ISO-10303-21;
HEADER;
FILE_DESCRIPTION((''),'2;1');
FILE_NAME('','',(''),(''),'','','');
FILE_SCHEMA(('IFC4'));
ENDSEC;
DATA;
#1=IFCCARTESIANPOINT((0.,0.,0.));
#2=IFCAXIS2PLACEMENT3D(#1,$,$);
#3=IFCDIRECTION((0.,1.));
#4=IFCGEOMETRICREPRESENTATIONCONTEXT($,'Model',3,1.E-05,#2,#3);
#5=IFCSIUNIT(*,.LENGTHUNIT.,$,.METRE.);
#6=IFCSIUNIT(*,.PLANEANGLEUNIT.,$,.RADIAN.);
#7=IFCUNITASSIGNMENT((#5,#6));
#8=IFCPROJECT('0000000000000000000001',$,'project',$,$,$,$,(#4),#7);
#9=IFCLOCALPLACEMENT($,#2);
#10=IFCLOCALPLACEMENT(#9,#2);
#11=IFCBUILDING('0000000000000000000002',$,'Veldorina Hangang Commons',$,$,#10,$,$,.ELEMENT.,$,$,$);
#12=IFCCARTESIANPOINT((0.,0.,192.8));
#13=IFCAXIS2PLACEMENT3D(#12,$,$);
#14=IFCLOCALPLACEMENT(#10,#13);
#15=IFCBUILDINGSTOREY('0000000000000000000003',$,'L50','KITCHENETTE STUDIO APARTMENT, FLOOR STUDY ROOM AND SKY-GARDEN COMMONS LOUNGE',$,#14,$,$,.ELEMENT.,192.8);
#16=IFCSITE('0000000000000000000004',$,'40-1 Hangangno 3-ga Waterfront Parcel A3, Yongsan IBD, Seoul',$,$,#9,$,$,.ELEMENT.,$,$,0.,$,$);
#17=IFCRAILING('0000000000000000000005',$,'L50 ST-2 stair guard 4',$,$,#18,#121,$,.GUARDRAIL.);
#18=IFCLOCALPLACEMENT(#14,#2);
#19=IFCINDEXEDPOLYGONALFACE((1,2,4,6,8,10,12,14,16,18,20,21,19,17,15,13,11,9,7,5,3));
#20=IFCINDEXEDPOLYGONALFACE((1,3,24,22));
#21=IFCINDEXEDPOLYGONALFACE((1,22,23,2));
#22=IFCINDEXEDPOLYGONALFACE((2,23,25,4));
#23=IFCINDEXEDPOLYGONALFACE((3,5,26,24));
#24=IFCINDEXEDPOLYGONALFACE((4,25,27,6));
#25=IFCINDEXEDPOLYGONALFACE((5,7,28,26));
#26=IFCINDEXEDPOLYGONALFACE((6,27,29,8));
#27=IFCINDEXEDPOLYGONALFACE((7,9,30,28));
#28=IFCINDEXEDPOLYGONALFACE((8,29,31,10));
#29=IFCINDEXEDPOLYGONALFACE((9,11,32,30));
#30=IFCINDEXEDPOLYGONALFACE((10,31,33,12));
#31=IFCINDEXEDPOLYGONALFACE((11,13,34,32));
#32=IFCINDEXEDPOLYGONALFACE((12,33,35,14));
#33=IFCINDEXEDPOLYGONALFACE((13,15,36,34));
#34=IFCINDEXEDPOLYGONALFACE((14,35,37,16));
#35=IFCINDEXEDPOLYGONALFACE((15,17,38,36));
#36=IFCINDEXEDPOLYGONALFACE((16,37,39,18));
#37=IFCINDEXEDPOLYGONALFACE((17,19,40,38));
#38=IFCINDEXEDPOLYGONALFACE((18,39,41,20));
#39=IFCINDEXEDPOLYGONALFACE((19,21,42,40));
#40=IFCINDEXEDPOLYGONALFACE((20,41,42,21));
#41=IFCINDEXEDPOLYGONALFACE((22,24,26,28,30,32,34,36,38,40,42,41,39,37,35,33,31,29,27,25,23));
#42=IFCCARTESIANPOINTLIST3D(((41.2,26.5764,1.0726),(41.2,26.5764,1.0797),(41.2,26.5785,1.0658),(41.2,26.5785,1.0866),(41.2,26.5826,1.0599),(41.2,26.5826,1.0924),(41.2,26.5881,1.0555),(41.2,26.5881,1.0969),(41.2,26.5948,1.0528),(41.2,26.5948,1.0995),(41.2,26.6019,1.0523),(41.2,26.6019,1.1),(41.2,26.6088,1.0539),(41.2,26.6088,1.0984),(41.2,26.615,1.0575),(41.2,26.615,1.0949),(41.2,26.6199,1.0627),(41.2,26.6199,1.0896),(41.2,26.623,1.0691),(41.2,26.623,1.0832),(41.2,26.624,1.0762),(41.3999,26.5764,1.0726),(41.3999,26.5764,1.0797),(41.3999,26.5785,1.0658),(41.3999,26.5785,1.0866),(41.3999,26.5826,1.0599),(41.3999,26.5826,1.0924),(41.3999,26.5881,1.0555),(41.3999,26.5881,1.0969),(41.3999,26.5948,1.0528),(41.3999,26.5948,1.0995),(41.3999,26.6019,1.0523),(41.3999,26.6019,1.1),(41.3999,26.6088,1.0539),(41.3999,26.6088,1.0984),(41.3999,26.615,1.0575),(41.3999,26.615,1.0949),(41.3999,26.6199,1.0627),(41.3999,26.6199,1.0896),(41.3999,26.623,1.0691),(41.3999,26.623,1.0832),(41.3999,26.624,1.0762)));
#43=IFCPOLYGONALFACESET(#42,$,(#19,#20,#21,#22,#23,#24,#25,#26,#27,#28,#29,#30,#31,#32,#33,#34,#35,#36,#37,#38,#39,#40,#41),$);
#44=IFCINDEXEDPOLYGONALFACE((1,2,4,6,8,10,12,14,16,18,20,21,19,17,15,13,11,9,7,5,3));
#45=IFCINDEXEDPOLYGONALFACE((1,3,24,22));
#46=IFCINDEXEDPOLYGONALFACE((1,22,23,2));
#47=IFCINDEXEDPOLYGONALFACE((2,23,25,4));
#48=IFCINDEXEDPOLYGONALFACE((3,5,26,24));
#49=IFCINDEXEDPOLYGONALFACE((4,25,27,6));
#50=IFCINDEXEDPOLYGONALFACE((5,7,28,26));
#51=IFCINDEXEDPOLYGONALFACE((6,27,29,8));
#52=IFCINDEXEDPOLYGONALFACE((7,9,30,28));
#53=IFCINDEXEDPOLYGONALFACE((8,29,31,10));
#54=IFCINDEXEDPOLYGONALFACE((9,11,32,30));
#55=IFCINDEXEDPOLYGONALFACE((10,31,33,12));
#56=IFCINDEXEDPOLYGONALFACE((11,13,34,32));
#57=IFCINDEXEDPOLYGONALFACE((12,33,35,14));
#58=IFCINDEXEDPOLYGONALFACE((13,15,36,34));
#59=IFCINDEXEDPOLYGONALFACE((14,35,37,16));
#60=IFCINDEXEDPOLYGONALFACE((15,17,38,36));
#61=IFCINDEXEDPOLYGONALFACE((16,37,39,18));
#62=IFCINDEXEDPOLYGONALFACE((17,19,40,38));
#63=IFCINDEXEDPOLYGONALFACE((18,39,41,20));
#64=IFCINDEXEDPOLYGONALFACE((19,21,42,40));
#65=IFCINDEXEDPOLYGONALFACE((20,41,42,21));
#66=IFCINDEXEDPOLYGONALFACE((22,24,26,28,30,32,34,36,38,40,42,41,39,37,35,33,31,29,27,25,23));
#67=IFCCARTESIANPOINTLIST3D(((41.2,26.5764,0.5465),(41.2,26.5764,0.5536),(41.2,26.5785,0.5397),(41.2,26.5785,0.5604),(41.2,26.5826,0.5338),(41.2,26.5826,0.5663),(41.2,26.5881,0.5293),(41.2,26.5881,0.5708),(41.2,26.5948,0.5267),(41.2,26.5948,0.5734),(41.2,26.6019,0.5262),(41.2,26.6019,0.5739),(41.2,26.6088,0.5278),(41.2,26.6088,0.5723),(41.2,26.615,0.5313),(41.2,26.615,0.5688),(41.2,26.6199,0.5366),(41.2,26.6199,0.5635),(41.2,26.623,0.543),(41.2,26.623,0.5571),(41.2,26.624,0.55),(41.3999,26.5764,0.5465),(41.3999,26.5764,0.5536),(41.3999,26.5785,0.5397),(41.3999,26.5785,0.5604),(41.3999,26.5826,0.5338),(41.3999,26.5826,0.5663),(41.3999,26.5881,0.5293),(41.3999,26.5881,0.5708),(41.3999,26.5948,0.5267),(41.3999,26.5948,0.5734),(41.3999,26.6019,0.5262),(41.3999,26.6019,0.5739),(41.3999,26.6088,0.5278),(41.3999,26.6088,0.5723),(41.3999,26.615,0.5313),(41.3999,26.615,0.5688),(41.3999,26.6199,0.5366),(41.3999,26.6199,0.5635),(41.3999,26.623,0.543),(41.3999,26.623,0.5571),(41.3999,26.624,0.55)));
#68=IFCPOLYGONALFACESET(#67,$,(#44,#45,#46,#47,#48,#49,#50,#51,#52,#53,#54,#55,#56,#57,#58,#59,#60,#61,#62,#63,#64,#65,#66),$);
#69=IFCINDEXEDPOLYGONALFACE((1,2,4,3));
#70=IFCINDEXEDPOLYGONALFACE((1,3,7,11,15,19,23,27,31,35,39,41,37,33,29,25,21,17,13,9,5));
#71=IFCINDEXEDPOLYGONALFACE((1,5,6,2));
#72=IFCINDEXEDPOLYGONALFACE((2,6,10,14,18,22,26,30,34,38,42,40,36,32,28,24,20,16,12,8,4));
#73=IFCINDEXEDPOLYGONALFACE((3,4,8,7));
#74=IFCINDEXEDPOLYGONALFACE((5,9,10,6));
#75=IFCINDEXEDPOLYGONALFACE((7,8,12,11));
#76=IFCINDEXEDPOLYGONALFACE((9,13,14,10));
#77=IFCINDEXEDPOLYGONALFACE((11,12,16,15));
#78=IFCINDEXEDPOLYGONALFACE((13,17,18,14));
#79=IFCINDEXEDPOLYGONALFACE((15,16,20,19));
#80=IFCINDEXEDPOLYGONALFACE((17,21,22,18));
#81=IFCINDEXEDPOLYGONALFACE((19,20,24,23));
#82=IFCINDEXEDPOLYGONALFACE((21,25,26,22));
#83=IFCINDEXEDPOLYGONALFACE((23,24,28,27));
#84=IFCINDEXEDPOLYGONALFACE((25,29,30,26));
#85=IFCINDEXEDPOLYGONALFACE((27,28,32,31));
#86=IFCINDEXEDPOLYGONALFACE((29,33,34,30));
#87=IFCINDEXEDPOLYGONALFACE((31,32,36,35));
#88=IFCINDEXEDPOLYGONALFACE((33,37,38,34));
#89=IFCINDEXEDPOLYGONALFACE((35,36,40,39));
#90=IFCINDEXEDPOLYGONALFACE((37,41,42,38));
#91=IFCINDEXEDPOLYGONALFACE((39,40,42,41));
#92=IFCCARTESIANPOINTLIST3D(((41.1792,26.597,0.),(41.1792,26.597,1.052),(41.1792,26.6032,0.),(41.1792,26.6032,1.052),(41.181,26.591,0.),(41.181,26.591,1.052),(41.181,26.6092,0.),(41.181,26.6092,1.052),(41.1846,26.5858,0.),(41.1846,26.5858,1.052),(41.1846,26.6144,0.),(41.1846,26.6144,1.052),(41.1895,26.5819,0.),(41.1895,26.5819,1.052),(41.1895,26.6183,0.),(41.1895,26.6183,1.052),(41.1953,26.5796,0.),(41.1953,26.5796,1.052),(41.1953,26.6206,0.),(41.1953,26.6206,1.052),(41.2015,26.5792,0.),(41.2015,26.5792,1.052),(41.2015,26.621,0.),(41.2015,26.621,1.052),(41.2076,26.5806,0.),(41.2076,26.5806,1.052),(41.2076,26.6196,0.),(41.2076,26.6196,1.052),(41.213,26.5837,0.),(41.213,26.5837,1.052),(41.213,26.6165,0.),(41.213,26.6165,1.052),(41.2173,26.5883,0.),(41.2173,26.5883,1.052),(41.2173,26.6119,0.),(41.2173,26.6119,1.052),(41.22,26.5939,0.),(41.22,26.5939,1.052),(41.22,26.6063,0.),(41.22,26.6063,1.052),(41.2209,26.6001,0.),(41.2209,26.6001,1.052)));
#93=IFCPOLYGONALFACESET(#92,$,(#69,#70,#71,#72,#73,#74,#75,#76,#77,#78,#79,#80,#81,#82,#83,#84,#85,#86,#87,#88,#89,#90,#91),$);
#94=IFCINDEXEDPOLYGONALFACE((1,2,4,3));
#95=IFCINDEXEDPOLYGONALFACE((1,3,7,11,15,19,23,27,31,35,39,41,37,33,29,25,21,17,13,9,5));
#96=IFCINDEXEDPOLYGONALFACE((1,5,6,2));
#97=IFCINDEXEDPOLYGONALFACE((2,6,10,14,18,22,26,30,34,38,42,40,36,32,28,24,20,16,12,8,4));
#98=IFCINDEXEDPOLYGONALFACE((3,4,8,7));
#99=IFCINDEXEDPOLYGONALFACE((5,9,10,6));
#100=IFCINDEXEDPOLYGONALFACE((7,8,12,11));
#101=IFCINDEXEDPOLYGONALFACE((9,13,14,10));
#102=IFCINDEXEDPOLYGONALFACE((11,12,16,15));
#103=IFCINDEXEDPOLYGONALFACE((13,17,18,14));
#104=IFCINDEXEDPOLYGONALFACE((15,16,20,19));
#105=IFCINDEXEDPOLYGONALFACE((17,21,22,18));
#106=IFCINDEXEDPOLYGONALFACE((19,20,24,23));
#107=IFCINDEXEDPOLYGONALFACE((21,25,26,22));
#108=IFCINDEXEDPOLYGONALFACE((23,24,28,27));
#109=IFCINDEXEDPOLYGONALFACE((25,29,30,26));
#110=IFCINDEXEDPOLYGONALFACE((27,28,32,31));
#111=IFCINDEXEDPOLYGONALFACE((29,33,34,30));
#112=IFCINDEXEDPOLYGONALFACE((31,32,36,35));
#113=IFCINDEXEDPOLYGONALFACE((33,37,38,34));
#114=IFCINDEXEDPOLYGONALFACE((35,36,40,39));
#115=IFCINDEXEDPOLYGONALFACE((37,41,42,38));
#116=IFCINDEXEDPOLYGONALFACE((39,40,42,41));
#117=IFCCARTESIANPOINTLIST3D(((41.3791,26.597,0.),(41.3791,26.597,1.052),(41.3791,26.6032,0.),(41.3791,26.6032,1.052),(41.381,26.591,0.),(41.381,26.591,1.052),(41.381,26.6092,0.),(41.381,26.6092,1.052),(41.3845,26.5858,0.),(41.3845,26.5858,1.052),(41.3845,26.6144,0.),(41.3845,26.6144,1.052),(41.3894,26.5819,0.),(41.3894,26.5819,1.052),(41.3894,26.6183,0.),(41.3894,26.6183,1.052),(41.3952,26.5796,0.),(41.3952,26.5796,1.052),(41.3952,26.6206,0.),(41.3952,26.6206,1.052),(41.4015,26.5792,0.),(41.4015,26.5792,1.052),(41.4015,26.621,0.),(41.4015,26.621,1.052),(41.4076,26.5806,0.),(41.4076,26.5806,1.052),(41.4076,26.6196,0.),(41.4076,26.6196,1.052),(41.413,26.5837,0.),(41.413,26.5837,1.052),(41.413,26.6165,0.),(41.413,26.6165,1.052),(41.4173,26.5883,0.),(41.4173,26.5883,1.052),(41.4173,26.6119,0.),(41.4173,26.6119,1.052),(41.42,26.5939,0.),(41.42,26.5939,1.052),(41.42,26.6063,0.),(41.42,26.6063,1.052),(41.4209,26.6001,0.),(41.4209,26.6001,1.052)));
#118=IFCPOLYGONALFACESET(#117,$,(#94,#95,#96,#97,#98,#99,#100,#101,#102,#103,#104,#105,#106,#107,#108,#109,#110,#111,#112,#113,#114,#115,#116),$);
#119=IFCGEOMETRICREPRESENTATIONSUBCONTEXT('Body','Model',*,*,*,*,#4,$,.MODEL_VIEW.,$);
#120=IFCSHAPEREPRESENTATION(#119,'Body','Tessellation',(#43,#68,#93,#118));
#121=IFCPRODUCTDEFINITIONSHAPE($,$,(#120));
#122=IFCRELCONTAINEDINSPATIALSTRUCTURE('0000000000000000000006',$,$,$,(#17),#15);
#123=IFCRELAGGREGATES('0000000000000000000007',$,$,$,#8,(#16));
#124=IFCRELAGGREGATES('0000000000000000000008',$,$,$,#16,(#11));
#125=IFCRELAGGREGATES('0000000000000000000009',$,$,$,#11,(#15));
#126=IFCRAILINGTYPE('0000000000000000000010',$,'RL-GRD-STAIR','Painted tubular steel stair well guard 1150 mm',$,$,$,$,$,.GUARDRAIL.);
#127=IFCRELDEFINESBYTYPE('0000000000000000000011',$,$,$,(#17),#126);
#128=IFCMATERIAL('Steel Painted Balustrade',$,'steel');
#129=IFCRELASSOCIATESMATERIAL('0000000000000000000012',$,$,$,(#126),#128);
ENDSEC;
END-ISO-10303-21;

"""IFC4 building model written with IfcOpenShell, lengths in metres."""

from ifc_helpers import new_model, si_unit, direction, frame, origin, origin_2d, place, context, subcontext, project, spatial, circle, extrude, material, type_object, element, save


model = new_model("IFC4")

# Units and contexts
model_context = context("Model", 3, precision=1e-05, world=origin(), true_north=direction((0.0, 1.0)))
body_context = subcontext(model_context, "Body", "Model", "MODEL_VIEW")
ifc_project = project(units=[si_unit("LENGTHUNIT", "METRE"), si_unit("PLANEANGLEUNIT", "RADIAN")], contexts=[model_context])

# Site, building, storey
site_placement = place(None, origin())
site = spatial("IfcSite", under=ifc_project, at=site_placement, Name="40-1 Hangangno 3-ga Waterfront Parcel A3, Yongsan IBD, Seoul", CompositionType="ELEMENT", RefElevation=0.0)
building_placement = place(site_placement, origin())
building = spatial("IfcBuilding", under=site, at=building_placement, Name="Veldorina Hangang Commons", CompositionType="ELEMENT")
storey_placement = place(building_placement, frame((0.0, 0.0, 192.8)))
storey = spatial("IfcBuildingStorey", under=building, at=storey_placement, Name="L50", Description="KITCHENETTE STUDIO APARTMENT, FLOOR STUDY ROOM AND SKY-GARDEN COMMONS LOUNGE", CompositionType="ELEMENT", Elevation=192.8)

# Railing
ifc_material_1 = material(Name="Steel Painted Balustrade", Category="steel")
railing_type_1 = type_object("IfcRailingType", Name="RL-GRD-STAIR", Description="Painted tubular steel stair well guard 1150 mm", PredefinedType="GUARDRAIL", material=ifc_material_1)
railing_1_placement = place(storey_placement, frame((41.2, 26.6001, 0.0)))
element("IfcRailing", 1, at=railing_1_placement, inside=storey, type_object=railing_type_1, Name="L50 ST-2 stair guard 4", PredefinedType="GUARDRAIL", context=body_context, shape_type="SweptSolid", body=[
    extrude(circle(Radius=0.0239, at=origin_2d()), frame((0.0, 0.0, 1.0762), z_axis=(1.0, 0.0, 0.0), x_axis=(0.0, 1.0, 0.0)), (0.0, 0.0, 1.0), 0.2),
    extrude(circle(Radius=0.0239, at=origin_2d()), frame((0.0, 0.0, 0.55), z_axis=(1.0, 0.0, 0.0), x_axis=(0.0, 1.0, 0.0)), (0.0, 0.0, 1.0), 0.2),
    extrude(circle(Radius=0.021, at=origin_2d()), origin(), (0.0, 0.0, 1.0), 1.052),
    extrude(circle(Radius=0.021, at=origin_2d()), frame((0.2, 0.0, 0.0)), (0.0, 0.0, 1.0), 1.052),
])

save(model, "model.ifc")
